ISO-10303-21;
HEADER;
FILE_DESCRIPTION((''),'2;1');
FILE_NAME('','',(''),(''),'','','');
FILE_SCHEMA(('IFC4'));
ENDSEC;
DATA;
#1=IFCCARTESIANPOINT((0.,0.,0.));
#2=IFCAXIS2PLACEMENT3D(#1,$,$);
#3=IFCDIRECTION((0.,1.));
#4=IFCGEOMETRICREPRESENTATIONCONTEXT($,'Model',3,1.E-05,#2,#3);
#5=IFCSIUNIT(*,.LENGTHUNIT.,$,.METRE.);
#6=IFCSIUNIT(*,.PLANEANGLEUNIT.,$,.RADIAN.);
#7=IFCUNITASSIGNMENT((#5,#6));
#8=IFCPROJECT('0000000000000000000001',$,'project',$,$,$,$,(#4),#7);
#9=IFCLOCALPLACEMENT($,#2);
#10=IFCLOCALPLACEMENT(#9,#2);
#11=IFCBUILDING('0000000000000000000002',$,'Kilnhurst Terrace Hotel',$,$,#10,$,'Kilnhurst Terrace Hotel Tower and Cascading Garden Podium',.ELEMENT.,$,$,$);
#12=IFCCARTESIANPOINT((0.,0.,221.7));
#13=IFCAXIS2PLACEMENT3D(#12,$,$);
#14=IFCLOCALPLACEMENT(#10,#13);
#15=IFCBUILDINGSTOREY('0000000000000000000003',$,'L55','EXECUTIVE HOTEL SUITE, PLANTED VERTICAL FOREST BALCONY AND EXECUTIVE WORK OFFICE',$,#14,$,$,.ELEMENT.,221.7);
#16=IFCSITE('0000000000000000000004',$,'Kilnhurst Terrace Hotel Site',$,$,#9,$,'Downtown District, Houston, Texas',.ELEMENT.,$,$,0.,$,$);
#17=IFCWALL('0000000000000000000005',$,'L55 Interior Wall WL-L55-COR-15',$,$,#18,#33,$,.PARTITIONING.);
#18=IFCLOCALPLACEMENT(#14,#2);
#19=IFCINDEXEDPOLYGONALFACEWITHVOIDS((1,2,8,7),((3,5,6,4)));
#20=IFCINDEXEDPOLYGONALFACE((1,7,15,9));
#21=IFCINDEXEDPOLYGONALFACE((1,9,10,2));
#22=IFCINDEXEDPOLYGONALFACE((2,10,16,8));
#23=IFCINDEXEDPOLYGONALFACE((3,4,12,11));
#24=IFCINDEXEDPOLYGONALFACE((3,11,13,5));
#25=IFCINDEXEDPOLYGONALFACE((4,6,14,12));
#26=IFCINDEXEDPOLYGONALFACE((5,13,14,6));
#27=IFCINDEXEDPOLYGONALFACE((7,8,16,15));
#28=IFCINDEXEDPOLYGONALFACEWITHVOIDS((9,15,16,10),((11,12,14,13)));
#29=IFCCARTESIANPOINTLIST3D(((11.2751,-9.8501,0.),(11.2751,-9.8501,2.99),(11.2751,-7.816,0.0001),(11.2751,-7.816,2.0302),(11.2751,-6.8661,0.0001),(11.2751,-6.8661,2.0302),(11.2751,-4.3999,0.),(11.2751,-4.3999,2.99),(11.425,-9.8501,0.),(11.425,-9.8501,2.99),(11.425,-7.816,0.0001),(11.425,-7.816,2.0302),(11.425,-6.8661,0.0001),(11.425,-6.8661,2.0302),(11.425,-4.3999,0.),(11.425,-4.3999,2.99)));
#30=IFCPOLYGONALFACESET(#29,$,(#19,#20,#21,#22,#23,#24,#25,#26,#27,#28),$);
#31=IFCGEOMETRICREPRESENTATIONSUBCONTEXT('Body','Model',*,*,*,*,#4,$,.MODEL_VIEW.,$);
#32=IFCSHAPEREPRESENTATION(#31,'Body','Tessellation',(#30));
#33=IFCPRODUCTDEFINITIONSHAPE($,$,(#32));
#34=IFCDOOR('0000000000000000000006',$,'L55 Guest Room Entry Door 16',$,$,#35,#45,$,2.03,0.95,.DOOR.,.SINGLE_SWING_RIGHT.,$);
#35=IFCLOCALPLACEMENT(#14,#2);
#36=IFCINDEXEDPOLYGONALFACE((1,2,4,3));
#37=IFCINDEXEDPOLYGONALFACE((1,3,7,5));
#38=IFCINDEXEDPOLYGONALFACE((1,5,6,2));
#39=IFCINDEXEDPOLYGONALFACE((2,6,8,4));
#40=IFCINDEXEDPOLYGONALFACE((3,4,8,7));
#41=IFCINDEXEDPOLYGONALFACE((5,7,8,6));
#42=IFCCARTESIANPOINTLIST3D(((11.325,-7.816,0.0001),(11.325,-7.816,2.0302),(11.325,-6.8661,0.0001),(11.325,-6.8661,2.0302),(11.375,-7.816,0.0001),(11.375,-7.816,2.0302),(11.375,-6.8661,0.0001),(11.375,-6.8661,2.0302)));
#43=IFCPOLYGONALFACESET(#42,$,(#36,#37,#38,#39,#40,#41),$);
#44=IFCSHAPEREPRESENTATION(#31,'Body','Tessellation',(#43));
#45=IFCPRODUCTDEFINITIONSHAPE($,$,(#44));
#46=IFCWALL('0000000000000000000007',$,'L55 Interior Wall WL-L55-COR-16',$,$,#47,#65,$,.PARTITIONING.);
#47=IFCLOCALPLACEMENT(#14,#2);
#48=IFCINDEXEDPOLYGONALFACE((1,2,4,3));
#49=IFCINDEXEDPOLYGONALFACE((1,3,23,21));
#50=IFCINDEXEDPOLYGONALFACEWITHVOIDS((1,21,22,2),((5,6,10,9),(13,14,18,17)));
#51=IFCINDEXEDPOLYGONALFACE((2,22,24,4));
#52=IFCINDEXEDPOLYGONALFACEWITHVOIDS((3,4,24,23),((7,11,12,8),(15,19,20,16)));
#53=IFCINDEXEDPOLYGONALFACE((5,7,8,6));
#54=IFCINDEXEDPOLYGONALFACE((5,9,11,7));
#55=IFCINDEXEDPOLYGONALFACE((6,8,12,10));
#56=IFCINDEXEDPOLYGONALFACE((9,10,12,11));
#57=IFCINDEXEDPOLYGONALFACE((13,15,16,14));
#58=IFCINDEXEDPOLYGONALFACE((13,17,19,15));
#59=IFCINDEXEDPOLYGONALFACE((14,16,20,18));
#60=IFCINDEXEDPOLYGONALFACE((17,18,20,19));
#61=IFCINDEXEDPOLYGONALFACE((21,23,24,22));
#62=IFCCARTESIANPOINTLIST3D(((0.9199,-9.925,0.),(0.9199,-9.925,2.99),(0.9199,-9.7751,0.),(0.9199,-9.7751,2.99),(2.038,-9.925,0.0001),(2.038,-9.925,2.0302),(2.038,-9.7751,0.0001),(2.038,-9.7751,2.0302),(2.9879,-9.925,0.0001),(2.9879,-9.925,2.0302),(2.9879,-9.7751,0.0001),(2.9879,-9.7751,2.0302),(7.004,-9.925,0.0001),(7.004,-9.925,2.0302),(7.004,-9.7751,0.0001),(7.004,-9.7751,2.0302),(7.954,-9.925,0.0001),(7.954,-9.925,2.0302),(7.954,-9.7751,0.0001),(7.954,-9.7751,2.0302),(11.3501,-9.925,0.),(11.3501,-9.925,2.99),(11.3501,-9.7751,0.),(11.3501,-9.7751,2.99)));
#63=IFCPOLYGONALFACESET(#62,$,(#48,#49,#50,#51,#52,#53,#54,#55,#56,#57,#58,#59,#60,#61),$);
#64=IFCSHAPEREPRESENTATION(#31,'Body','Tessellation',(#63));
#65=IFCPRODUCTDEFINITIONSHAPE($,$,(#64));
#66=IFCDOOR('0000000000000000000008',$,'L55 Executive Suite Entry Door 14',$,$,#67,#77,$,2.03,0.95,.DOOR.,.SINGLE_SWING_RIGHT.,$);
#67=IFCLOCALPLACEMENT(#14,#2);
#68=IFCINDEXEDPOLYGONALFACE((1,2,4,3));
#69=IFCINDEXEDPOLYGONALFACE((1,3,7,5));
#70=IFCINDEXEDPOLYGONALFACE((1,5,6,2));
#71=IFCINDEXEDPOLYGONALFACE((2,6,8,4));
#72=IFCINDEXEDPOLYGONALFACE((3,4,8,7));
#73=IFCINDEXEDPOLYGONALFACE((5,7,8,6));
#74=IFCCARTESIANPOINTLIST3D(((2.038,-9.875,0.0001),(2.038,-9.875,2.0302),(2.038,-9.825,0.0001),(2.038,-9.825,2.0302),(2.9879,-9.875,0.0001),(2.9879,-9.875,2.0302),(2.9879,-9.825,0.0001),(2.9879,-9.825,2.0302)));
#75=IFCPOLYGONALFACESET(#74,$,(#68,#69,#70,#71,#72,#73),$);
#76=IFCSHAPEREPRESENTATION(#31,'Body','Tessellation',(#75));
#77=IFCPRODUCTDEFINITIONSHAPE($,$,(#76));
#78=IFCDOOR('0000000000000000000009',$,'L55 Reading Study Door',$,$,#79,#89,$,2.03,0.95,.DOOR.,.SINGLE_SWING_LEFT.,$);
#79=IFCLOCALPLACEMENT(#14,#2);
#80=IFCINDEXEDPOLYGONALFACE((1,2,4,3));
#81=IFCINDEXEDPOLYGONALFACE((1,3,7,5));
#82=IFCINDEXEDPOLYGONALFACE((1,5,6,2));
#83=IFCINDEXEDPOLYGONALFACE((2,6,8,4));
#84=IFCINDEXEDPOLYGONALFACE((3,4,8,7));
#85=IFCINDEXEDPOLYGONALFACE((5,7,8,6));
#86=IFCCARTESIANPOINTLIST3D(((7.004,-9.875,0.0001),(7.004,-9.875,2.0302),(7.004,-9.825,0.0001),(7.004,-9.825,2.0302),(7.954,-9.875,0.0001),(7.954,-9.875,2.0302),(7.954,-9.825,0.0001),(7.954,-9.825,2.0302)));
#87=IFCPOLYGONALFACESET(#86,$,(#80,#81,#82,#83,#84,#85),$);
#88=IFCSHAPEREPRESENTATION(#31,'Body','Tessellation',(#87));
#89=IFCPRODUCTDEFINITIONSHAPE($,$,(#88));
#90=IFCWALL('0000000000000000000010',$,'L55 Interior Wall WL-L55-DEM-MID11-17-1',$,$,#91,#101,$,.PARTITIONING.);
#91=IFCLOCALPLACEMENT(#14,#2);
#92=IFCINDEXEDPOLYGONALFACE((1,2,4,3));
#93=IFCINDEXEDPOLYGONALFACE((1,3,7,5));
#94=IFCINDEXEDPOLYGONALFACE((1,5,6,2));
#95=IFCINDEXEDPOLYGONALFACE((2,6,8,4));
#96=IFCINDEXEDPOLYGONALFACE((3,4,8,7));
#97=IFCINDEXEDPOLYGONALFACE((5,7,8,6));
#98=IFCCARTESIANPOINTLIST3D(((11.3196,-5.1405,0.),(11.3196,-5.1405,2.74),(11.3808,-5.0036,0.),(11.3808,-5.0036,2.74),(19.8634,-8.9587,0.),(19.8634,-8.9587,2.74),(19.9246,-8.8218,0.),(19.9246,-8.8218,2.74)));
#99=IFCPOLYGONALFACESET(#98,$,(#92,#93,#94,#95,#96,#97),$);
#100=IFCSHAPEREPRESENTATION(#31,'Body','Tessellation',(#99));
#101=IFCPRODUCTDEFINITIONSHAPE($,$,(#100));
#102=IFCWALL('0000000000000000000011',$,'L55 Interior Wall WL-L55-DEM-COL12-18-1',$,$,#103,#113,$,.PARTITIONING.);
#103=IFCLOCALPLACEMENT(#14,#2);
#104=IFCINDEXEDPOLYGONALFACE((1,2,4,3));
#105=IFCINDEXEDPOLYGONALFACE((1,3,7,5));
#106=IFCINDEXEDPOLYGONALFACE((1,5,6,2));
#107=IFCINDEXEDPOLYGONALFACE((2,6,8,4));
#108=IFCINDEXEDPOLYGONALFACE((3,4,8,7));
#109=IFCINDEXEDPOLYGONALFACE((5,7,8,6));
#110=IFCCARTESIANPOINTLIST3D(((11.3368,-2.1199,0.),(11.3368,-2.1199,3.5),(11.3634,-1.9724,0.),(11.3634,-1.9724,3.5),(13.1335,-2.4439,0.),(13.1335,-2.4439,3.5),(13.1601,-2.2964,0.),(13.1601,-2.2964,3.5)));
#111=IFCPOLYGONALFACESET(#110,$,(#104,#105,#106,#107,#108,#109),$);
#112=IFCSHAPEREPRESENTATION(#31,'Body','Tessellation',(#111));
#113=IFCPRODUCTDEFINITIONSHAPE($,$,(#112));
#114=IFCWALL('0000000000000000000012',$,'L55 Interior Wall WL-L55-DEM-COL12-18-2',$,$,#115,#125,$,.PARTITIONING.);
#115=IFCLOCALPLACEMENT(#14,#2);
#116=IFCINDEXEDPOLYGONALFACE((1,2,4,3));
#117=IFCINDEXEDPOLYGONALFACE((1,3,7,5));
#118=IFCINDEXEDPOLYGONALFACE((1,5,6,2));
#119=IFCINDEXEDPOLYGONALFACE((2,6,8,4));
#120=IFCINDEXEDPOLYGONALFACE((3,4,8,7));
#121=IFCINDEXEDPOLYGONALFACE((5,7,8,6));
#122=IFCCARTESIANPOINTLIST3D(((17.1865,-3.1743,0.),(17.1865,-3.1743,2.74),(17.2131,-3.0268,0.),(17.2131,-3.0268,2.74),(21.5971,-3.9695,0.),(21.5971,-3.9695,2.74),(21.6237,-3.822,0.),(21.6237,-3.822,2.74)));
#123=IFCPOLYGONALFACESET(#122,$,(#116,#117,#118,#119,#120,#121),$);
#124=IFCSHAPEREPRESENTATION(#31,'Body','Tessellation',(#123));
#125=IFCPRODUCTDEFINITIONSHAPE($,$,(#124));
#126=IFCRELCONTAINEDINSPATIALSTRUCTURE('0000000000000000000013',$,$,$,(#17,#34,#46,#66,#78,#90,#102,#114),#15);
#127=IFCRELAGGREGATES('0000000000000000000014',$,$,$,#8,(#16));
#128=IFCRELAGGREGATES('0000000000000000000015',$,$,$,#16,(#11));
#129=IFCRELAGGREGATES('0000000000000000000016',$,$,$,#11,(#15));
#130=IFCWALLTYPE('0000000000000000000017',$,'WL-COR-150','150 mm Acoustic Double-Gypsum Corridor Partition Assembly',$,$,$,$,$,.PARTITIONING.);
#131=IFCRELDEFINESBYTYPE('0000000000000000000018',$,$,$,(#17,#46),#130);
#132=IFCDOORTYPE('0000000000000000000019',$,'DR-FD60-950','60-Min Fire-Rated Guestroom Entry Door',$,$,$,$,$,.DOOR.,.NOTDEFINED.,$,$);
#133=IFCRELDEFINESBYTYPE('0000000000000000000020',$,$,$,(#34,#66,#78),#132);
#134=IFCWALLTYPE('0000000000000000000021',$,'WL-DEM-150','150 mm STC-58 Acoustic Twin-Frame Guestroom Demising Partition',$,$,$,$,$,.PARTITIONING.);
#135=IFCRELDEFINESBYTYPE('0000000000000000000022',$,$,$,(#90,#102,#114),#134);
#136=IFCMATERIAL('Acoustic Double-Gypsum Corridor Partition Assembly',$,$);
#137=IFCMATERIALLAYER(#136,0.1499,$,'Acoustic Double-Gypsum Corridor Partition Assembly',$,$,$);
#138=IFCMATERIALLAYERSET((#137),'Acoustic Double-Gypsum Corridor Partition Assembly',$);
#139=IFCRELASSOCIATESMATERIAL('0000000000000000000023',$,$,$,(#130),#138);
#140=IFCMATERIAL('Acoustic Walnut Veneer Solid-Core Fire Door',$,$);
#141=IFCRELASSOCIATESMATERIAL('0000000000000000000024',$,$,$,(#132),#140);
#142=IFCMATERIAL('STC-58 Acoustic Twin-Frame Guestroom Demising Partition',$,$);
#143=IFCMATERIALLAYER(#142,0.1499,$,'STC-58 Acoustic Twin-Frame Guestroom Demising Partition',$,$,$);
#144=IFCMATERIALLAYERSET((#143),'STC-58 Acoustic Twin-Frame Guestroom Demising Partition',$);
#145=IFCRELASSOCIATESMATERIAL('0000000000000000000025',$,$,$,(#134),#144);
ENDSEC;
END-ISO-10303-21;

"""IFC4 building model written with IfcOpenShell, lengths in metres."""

from ifc_helpers import new_model, si_unit, direction, frame, frame_2d, origin, place, context, subcontext, project, spatial, rectangle, extrude, material, layer, layer_set, type_object, element, fill, save


model = new_model("IFC4")

# Units and contexts
model_context = context("Model", 3, precision=1e-05, world=origin(), true_north=direction((0.0, 1.0)))
body_context = subcontext(model_context, "Body", "Model", "MODEL_VIEW")
ifc_project = project(units=[si_unit("LENGTHUNIT", "METRE"), si_unit("PLANEANGLEUNIT", "RADIAN")], contexts=[model_context])

# Site, building, storey
site_placement = place(None, origin())
site = spatial("IfcSite", under=ifc_project, at=site_placement, Name="Kilnhurst Terrace Hotel Site", LongName="Downtown District, Houston, Texas", CompositionType="ELEMENT", RefElevation=0.0)
building_placement = place(site_placement, origin())
building = spatial("IfcBuilding", under=site, at=building_placement, Name="Kilnhurst Terrace Hotel", LongName="Kilnhurst Terrace Hotel Tower and Cascading Garden Podium", CompositionType="ELEMENT")
storey_placement = place(building_placement, frame((0.0, 0.0, 221.7)))
storey = spatial("IfcBuildingStorey", under=building, at=storey_placement, Name="L55", Description="EXECUTIVE HOTEL SUITE, PLANTED VERTICAL FOREST BALCONY AND EXECUTIVE WORK OFFICE", CompositionType="ELEMENT", Elevation=221.7)

# Shared definitions
ifc_material_1 = material(Name="Acoustic Double-Gypsum Corridor Partition Assembly")
ifc_layer_1 = layer(ifc_material_1, 0.1499, Name="Acoustic Double-Gypsum Corridor Partition Assembly")
ifc_layer_set_1 = layer_set([ifc_layer_1], Name="Acoustic Double-Gypsum Corridor Partition Assembly")
wall_type_1 = type_object("IfcWallType", Name="WL-COR-150", Description="150 mm Acoustic Double-Gypsum Corridor Partition Assembly", PredefinedType="PARTITIONING", material=ifc_layer_set_1)

# Wall, opening, door
wall_1_placement = place(storey_placement, frame((11.3501, -4.3999, 0.0), z_axis=(0.0, 0.0, 1.0), x_axis=(0.0, -1.0, 0.0)))
wall_1 = element("IfcWall", 1, at=wall_1_placement, inside=storey, type_object=wall_type_1, Name="L55 Interior Wall WL-L55-COR-15", PredefinedType="PARTITIONING", context=body_context, shape_type="SweptSolid", body=[
    extrude(rectangle(XDim=5.4502, YDim=0.1499, at=frame_2d((2.7251, 0.0))), origin(), (0.0, 0.0, 1.0), 2.99),
])
opening_1_placement = place(wall_1_placement, frame((2.4661, 0.0, 0.0)))
opening_1 = element("IfcOpeningElement", 2, at=opening_1_placement, cuts=wall_1, PredefinedType="OPENING", context=body_context, shape_type="SweptSolid", body=[
    extrude(rectangle(XDim=0.95, YDim=2.03, at=frame_2d((0.4751, 1.0151))), frame((0.0, 0.085, 0.0), z_axis=(0.0, -1.0, 0.0), x_axis=(1.0, 0.0, 0.0)), (0.0, 0.0, 1.0), 0.1699),
])
ifc_material_2 = material(Name="Acoustic Walnut Veneer Solid-Core Fire Door")
door_type_1 = type_object("IfcDoorType", Name="DR-FD60-950", Description="60-Min Fire-Rated Guestroom Entry Door", OperationType="NOTDEFINED", PredefinedType="DOOR", material=ifc_material_2)
door_1_placement = place(opening_1_placement, origin())
door_1 = element("IfcDoor", 3, at=door_1_placement, inside=storey, type_object=door_type_1, Name="L55 Guest Room Entry Door 16", OperationType="SINGLE_SWING_RIGHT", OverallHeight=2.03, OverallWidth=0.95, PredefinedType="DOOR", context=body_context, shape_type="SweptSolid", body=[
    extrude(rectangle(XDim=0.95, YDim=2.03, at=frame_2d((0.4751, 1.0151))), frame((0.0, 0.0249, 0.0), z_axis=(0.0, -1.0, 0.0), x_axis=(1.0, 0.0, 0.0)), (0.0, 0.0, 1.0), 0.05),
])
fill(opening_1, door_1)

# Wall, openings, doors
wall_2_placement = place(storey_placement, frame((11.3501, -9.8501, 0.0), z_axis=(0.0, 0.0, 1.0), x_axis=(-1.0, 0.0, 0.0)))
wall_2 = element("IfcWall", 4, at=wall_2_placement, inside=storey, type_object=wall_type_1, Name="L55 Interior Wall WL-L55-COR-16", PredefinedType="PARTITIONING", context=body_context, shape_type="SweptSolid", body=[
    extrude(rectangle(XDim=10.4302, YDim=0.1499, at=frame_2d((5.2151, 0.0))), origin(), (0.0, 0.0, 1.0), 2.99),
])
opening_2_placement = place(wall_2_placement, frame((8.3621, 0.0, 0.0)))
opening_2 = element("IfcOpeningElement", 5, at=opening_2_placement, cuts=wall_2, PredefinedType="OPENING", context=body_context, shape_type="SweptSolid", body=[
    extrude(rectangle(XDim=0.95, YDim=2.03, at=frame_2d((0.4751, 1.0151))), frame((0.0, 0.085, 0.0), z_axis=(0.0, -1.0, 0.0), x_axis=(1.0, 0.0, 0.0)), (0.0, 0.0, 1.0), 0.1699),
])
opening_3_placement = place(wall_2_placement, frame((3.396, 0.0, 0.0)))
opening_3 = element("IfcOpeningElement", 6, at=opening_3_placement, cuts=wall_2, PredefinedType="OPENING", context=body_context, shape_type="SweptSolid", body=[
    extrude(rectangle(XDim=0.95, YDim=2.03, at=frame_2d((0.4751, 1.0151))), frame((0.0, 0.085, 0.0), z_axis=(0.0, -1.0, 0.0), x_axis=(1.0, 0.0, 0.0)), (0.0, 0.0, 1.0), 0.1699),
])
door_2_placement = place(opening_2_placement, origin())
door_2 = element("IfcDoor", 7, at=door_2_placement, inside=storey, type_object=door_type_1, Name="L55 Executive Suite Entry Door 14", OperationType="SINGLE_SWING_RIGHT", OverallHeight=2.03, OverallWidth=0.95, PredefinedType="DOOR", context=body_context, shape_type="SweptSolid", body=[
    extrude(rectangle(XDim=0.95, YDim=2.03, at=frame_2d((0.4751, 1.0151))), frame((0.0, 0.0249, 0.0), z_axis=(0.0, -1.0, 0.0), x_axis=(1.0, 0.0, 0.0)), (0.0, 0.0, 1.0), 0.05),
])
fill(opening_2, door_2)
door_3_placement = place(opening_3_placement, origin())
door_3 = element("IfcDoor", 8, at=door_3_placement, inside=storey, type_object=door_type_1, Name="L55 Reading Study Door", OperationType="SINGLE_SWING_LEFT", OverallHeight=2.03, OverallWidth=0.95, PredefinedType="DOOR", context=body_context, shape_type="SweptSolid", body=[
    extrude(rectangle(XDim=0.95, YDim=2.03, at=frame_2d((0.4751, 1.0151))), frame((0.0, 0.0249, 0.0), z_axis=(0.0, -1.0, 0.0), x_axis=(1.0, 0.0, 0.0)), (0.0, 0.0, 1.0), 0.05),
])
fill(opening_3, door_3)

# Walls
ifc_material_3 = material(Name="STC-58 Acoustic Twin-Frame Guestroom Demising Partition")
ifc_layer_2 = layer(ifc_material_3, 0.1499, Name="STC-58 Acoustic Twin-Frame Guestroom Demising Partition")
ifc_layer_set_2 = layer_set([ifc_layer_2], Name="STC-58 Acoustic Twin-Frame Guestroom Demising Partition")
wall_type_2 = type_object("IfcWallType", Name="WL-DEM-150", Description="150 mm STC-58 Acoustic Twin-Frame Guestroom Demising Partition", PredefinedType="PARTITIONING", material=ifc_layer_set_2)
wall_3_placement = place(storey_placement, frame((11.3501, -5.072, 0.0), z_axis=(0.0, 0.0, 1.0), x_axis=(0.91298, -0.408004, 0.0)))
element("IfcWall", 9, at=wall_3_placement, inside=storey, type_object=wall_type_2, Name="L55 Interior Wall WL-L55-DEM-MID11-17-1", PredefinedType="PARTITIONING", context=body_context, shape_type="SweptSolid", body=[
    extrude(rectangle(XDim=9.3582, YDim=0.1499, at=frame_2d((4.6792, 0.0))), origin(), (0.0, 0.0, 1.0), 2.74),
])
wall_4_placement = place(storey_placement, frame((11.3501, -2.0461, 0.0), z_axis=(0.0, 0.0, 1.0), x_axis=(0.984128, -0.177461, 0.0)))
element("IfcWall", 10, at=wall_4_placement, inside=storey, type_object=wall_type_2, Name="L55 Interior Wall WL-L55-DEM-COL12-18-1", PredefinedType="PARTITIONING", context=body_context, shape_type="SweptSolid", body=[
    extrude(rectangle(XDim=1.8257, YDim=0.1499, at=frame_2d((0.9128, 0.0))), origin(), (0.0, 0.0, 1.0), 3.5),
])
wall_5_placement = place(storey_placement, frame((17.2, -3.1006, 0.0), z_axis=(0.0, 0.0, 1.0), x_axis=(0.984135, -0.177423, 0.0)))
element("IfcWall", 11, at=wall_5_placement, inside=storey, type_object=wall_type_2, Name="L55 Interior Wall WL-L55-DEM-COL12-18-2", PredefinedType="PARTITIONING", context=body_context, shape_type="SweptSolid", body=[
    extrude(rectangle(XDim=4.4817, YDim=0.1499, at=frame_2d((2.2407, 0.0))), origin(), (0.0, 0.0, 1.0), 2.74),
])

save(model, "model.ifc")
